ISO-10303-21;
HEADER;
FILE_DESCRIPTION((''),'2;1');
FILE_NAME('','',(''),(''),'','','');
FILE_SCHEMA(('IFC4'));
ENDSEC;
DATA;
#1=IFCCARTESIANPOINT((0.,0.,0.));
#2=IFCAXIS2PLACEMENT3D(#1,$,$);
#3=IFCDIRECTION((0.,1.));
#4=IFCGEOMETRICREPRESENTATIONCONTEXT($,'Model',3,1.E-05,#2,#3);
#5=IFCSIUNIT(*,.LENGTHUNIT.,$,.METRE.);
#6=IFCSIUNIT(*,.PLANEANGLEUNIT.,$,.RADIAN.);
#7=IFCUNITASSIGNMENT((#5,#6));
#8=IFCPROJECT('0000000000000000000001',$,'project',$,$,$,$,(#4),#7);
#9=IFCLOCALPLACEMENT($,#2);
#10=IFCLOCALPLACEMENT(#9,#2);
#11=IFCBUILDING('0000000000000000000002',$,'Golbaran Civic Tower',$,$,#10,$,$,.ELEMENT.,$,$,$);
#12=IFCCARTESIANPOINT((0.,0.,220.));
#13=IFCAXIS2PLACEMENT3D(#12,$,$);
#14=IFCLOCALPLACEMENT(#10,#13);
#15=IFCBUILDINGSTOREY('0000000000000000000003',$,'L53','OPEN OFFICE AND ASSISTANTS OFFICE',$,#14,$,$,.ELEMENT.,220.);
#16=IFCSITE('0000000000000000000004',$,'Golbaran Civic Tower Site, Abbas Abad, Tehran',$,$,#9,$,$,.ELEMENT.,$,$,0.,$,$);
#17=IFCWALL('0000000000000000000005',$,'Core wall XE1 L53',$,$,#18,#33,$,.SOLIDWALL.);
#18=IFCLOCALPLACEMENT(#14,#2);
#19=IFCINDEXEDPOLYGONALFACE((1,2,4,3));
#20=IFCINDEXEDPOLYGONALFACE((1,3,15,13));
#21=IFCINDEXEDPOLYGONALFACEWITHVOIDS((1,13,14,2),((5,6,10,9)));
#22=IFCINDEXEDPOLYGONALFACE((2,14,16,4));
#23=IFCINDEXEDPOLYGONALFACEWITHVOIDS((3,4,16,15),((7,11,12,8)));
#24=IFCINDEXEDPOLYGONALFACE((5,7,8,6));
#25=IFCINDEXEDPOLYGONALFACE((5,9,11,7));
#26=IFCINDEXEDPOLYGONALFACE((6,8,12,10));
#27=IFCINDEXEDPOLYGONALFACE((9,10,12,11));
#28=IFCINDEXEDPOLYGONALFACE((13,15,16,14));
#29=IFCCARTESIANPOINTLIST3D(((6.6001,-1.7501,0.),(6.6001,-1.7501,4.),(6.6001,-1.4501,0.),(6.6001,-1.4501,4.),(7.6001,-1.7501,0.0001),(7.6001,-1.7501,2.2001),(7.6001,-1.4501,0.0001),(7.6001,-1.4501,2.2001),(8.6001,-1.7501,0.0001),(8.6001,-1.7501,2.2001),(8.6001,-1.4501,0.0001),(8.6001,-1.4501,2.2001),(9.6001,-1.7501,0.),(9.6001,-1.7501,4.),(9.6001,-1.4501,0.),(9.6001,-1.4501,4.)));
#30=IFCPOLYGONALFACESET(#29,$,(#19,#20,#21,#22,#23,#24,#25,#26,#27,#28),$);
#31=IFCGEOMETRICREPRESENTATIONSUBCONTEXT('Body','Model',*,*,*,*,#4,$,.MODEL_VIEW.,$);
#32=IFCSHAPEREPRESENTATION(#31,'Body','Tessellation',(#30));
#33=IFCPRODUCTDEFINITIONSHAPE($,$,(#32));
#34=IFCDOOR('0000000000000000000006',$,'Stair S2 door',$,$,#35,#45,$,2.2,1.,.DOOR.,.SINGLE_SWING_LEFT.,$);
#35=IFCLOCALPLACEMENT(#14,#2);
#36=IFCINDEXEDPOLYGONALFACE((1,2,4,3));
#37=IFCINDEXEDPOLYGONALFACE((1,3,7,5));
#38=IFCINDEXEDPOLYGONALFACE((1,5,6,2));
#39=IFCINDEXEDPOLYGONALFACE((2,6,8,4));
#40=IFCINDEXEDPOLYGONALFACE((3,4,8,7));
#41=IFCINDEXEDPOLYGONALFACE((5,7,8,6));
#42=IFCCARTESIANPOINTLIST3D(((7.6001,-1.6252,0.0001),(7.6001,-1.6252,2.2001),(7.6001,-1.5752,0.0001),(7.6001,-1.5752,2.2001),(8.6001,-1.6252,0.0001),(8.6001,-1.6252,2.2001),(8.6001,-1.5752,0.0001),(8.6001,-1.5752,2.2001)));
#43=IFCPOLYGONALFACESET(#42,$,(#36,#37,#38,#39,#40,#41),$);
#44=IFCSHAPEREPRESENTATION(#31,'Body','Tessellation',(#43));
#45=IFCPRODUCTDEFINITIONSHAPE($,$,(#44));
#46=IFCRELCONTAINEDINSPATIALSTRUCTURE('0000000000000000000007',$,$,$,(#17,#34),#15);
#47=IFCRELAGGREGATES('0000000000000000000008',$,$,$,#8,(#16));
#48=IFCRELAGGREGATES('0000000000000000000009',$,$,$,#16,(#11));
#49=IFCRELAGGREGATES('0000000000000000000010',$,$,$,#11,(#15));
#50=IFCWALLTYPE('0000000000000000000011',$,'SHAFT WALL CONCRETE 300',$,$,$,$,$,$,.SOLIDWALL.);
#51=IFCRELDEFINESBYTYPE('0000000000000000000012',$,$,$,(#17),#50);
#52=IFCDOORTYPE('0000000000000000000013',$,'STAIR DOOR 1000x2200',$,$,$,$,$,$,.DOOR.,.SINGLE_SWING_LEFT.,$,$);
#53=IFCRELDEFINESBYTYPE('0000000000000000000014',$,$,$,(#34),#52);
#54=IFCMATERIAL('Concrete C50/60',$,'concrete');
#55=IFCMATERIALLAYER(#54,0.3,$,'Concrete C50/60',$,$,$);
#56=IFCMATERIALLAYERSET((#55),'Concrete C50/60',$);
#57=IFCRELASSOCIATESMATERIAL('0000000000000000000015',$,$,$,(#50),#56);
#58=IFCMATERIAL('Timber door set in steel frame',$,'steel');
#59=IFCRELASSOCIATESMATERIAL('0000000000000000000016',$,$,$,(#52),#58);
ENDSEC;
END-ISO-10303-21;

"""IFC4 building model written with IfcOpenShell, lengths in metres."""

from ifc_helpers import new_model, si_unit, direction, frame, frame_2d, origin, place, context, subcontext, project, spatial, rectangle, extrude, material, layer, layer_set, type_object, element, fill, save


model = new_model("IFC4")

# Units and contexts
model_context = context("Model", 3, precision=1e-05, world=origin(), true_north=direction((0.0, 1.0)))
body_context = subcontext(model_context, "Body", "Model", "MODEL_VIEW")
ifc_project = project(units=[si_unit("LENGTHUNIT", "METRE"), si_unit("PLANEANGLEUNIT", "RADIAN")], contexts=[model_context])

# Site, building, storey
site_placement = place(None, origin())
site = spatial("IfcSite", under=ifc_project, at=site_placement, Name="Golbaran Civic Tower Site, Abbas Abad, Tehran", CompositionType="ELEMENT", RefElevation=0.0)
building_placement = place(site_placement, origin())
building = spatial("IfcBuilding", under=site, at=building_placement, Name="Golbaran Civic Tower", CompositionType="ELEMENT")
storey_placement = place(building_placement, frame((0.0, 0.0, 220.0)))
storey = spatial("IfcBuildingStorey", under=building, at=storey_placement, Name="L53", Description="OPEN OFFICE AND ASSISTANTS OFFICE", CompositionType="ELEMENT", Elevation=220.0)

# Shared definitions
ifc_material_1 = material(Name="Concrete C50/60", Category="concrete")
ifc_layer_1 = layer(ifc_material_1, 0.3, Name="Concrete C50/60")
ifc_layer_set_1 = layer_set([ifc_layer_1], Name="Concrete C50/60")
wall_type_1 = type_object("IfcWallType", Name="SHAFT WALL CONCRETE 300", PredefinedType="SOLIDWALL", material=ifc_layer_set_1)

# Shared definitions
ifc_material_2 = material(Name="Timber door set in steel frame", Category="steel")
door_type_1 = type_object("IfcDoorType", Name="STAIR DOOR 1000x2200", OperationType="SINGLE_SWING_LEFT", PredefinedType="DOOR", material=ifc_material_2)

# Wall, opening, door
wall_1_placement = place(storey_placement, frame((6.6001, -1.6001, 0.0), z_axis=(0.0, 0.0, 1.0), x_axis=(1.0, 0.0, 0.0)))
wall_1 = element("IfcWall", 1, at=wall_1_placement, inside=storey, type_object=wall_type_1, Name="Core wall XE1 L53", PredefinedType="SOLIDWALL", context=body_context, shape_type="SweptSolid", body=[
    extrude(rectangle(XDim=3.0, YDim=0.3, at=frame_2d((1.5, 0.0))), origin(), (0.0, 0.0, 1.0), 4.0),
])
opening_1_placement = place(wall_1_placement, frame((1.0, 0.0, 0.0)))
opening_1 = element("IfcOpeningElement", 2, at=opening_1_placement, cuts=wall_1, PredefinedType="OPENING", context=body_context, shape_type="SweptSolid", body=[
    extrude(rectangle(XDim=1.0, YDim=2.2, at=frame_2d((0.5, 1.1001))), frame((0.0, 0.1599, 0.0), z_axis=(0.0, -1.0, 0.0), x_axis=(1.0, 0.0, 0.0)), (0.0, 0.0, 1.0), 0.3201),
])
door_1_placement = place(opening_1_placement, origin())
door_1 = element("IfcDoor", 3, at=door_1_placement, inside=storey, type_object=door_type_1, Name="Stair S2 door", OperationType="SINGLE_SWING_LEFT", OverallHeight=2.2, OverallWidth=1.0, PredefinedType="DOOR", context=body_context, shape_type="SweptSolid", body=[
    extrude(rectangle(XDim=1.0, YDim=2.2, at=frame_2d((0.5, 1.1001))), frame((0.0, 0.0249, 0.0), z_axis=(0.0, -1.0, 0.0), x_axis=(1.0, 0.0, 0.0)), (0.0, 0.0, 1.0), 0.05),
])
fill(opening_1, door_1)

save(model, "model.ifc")
